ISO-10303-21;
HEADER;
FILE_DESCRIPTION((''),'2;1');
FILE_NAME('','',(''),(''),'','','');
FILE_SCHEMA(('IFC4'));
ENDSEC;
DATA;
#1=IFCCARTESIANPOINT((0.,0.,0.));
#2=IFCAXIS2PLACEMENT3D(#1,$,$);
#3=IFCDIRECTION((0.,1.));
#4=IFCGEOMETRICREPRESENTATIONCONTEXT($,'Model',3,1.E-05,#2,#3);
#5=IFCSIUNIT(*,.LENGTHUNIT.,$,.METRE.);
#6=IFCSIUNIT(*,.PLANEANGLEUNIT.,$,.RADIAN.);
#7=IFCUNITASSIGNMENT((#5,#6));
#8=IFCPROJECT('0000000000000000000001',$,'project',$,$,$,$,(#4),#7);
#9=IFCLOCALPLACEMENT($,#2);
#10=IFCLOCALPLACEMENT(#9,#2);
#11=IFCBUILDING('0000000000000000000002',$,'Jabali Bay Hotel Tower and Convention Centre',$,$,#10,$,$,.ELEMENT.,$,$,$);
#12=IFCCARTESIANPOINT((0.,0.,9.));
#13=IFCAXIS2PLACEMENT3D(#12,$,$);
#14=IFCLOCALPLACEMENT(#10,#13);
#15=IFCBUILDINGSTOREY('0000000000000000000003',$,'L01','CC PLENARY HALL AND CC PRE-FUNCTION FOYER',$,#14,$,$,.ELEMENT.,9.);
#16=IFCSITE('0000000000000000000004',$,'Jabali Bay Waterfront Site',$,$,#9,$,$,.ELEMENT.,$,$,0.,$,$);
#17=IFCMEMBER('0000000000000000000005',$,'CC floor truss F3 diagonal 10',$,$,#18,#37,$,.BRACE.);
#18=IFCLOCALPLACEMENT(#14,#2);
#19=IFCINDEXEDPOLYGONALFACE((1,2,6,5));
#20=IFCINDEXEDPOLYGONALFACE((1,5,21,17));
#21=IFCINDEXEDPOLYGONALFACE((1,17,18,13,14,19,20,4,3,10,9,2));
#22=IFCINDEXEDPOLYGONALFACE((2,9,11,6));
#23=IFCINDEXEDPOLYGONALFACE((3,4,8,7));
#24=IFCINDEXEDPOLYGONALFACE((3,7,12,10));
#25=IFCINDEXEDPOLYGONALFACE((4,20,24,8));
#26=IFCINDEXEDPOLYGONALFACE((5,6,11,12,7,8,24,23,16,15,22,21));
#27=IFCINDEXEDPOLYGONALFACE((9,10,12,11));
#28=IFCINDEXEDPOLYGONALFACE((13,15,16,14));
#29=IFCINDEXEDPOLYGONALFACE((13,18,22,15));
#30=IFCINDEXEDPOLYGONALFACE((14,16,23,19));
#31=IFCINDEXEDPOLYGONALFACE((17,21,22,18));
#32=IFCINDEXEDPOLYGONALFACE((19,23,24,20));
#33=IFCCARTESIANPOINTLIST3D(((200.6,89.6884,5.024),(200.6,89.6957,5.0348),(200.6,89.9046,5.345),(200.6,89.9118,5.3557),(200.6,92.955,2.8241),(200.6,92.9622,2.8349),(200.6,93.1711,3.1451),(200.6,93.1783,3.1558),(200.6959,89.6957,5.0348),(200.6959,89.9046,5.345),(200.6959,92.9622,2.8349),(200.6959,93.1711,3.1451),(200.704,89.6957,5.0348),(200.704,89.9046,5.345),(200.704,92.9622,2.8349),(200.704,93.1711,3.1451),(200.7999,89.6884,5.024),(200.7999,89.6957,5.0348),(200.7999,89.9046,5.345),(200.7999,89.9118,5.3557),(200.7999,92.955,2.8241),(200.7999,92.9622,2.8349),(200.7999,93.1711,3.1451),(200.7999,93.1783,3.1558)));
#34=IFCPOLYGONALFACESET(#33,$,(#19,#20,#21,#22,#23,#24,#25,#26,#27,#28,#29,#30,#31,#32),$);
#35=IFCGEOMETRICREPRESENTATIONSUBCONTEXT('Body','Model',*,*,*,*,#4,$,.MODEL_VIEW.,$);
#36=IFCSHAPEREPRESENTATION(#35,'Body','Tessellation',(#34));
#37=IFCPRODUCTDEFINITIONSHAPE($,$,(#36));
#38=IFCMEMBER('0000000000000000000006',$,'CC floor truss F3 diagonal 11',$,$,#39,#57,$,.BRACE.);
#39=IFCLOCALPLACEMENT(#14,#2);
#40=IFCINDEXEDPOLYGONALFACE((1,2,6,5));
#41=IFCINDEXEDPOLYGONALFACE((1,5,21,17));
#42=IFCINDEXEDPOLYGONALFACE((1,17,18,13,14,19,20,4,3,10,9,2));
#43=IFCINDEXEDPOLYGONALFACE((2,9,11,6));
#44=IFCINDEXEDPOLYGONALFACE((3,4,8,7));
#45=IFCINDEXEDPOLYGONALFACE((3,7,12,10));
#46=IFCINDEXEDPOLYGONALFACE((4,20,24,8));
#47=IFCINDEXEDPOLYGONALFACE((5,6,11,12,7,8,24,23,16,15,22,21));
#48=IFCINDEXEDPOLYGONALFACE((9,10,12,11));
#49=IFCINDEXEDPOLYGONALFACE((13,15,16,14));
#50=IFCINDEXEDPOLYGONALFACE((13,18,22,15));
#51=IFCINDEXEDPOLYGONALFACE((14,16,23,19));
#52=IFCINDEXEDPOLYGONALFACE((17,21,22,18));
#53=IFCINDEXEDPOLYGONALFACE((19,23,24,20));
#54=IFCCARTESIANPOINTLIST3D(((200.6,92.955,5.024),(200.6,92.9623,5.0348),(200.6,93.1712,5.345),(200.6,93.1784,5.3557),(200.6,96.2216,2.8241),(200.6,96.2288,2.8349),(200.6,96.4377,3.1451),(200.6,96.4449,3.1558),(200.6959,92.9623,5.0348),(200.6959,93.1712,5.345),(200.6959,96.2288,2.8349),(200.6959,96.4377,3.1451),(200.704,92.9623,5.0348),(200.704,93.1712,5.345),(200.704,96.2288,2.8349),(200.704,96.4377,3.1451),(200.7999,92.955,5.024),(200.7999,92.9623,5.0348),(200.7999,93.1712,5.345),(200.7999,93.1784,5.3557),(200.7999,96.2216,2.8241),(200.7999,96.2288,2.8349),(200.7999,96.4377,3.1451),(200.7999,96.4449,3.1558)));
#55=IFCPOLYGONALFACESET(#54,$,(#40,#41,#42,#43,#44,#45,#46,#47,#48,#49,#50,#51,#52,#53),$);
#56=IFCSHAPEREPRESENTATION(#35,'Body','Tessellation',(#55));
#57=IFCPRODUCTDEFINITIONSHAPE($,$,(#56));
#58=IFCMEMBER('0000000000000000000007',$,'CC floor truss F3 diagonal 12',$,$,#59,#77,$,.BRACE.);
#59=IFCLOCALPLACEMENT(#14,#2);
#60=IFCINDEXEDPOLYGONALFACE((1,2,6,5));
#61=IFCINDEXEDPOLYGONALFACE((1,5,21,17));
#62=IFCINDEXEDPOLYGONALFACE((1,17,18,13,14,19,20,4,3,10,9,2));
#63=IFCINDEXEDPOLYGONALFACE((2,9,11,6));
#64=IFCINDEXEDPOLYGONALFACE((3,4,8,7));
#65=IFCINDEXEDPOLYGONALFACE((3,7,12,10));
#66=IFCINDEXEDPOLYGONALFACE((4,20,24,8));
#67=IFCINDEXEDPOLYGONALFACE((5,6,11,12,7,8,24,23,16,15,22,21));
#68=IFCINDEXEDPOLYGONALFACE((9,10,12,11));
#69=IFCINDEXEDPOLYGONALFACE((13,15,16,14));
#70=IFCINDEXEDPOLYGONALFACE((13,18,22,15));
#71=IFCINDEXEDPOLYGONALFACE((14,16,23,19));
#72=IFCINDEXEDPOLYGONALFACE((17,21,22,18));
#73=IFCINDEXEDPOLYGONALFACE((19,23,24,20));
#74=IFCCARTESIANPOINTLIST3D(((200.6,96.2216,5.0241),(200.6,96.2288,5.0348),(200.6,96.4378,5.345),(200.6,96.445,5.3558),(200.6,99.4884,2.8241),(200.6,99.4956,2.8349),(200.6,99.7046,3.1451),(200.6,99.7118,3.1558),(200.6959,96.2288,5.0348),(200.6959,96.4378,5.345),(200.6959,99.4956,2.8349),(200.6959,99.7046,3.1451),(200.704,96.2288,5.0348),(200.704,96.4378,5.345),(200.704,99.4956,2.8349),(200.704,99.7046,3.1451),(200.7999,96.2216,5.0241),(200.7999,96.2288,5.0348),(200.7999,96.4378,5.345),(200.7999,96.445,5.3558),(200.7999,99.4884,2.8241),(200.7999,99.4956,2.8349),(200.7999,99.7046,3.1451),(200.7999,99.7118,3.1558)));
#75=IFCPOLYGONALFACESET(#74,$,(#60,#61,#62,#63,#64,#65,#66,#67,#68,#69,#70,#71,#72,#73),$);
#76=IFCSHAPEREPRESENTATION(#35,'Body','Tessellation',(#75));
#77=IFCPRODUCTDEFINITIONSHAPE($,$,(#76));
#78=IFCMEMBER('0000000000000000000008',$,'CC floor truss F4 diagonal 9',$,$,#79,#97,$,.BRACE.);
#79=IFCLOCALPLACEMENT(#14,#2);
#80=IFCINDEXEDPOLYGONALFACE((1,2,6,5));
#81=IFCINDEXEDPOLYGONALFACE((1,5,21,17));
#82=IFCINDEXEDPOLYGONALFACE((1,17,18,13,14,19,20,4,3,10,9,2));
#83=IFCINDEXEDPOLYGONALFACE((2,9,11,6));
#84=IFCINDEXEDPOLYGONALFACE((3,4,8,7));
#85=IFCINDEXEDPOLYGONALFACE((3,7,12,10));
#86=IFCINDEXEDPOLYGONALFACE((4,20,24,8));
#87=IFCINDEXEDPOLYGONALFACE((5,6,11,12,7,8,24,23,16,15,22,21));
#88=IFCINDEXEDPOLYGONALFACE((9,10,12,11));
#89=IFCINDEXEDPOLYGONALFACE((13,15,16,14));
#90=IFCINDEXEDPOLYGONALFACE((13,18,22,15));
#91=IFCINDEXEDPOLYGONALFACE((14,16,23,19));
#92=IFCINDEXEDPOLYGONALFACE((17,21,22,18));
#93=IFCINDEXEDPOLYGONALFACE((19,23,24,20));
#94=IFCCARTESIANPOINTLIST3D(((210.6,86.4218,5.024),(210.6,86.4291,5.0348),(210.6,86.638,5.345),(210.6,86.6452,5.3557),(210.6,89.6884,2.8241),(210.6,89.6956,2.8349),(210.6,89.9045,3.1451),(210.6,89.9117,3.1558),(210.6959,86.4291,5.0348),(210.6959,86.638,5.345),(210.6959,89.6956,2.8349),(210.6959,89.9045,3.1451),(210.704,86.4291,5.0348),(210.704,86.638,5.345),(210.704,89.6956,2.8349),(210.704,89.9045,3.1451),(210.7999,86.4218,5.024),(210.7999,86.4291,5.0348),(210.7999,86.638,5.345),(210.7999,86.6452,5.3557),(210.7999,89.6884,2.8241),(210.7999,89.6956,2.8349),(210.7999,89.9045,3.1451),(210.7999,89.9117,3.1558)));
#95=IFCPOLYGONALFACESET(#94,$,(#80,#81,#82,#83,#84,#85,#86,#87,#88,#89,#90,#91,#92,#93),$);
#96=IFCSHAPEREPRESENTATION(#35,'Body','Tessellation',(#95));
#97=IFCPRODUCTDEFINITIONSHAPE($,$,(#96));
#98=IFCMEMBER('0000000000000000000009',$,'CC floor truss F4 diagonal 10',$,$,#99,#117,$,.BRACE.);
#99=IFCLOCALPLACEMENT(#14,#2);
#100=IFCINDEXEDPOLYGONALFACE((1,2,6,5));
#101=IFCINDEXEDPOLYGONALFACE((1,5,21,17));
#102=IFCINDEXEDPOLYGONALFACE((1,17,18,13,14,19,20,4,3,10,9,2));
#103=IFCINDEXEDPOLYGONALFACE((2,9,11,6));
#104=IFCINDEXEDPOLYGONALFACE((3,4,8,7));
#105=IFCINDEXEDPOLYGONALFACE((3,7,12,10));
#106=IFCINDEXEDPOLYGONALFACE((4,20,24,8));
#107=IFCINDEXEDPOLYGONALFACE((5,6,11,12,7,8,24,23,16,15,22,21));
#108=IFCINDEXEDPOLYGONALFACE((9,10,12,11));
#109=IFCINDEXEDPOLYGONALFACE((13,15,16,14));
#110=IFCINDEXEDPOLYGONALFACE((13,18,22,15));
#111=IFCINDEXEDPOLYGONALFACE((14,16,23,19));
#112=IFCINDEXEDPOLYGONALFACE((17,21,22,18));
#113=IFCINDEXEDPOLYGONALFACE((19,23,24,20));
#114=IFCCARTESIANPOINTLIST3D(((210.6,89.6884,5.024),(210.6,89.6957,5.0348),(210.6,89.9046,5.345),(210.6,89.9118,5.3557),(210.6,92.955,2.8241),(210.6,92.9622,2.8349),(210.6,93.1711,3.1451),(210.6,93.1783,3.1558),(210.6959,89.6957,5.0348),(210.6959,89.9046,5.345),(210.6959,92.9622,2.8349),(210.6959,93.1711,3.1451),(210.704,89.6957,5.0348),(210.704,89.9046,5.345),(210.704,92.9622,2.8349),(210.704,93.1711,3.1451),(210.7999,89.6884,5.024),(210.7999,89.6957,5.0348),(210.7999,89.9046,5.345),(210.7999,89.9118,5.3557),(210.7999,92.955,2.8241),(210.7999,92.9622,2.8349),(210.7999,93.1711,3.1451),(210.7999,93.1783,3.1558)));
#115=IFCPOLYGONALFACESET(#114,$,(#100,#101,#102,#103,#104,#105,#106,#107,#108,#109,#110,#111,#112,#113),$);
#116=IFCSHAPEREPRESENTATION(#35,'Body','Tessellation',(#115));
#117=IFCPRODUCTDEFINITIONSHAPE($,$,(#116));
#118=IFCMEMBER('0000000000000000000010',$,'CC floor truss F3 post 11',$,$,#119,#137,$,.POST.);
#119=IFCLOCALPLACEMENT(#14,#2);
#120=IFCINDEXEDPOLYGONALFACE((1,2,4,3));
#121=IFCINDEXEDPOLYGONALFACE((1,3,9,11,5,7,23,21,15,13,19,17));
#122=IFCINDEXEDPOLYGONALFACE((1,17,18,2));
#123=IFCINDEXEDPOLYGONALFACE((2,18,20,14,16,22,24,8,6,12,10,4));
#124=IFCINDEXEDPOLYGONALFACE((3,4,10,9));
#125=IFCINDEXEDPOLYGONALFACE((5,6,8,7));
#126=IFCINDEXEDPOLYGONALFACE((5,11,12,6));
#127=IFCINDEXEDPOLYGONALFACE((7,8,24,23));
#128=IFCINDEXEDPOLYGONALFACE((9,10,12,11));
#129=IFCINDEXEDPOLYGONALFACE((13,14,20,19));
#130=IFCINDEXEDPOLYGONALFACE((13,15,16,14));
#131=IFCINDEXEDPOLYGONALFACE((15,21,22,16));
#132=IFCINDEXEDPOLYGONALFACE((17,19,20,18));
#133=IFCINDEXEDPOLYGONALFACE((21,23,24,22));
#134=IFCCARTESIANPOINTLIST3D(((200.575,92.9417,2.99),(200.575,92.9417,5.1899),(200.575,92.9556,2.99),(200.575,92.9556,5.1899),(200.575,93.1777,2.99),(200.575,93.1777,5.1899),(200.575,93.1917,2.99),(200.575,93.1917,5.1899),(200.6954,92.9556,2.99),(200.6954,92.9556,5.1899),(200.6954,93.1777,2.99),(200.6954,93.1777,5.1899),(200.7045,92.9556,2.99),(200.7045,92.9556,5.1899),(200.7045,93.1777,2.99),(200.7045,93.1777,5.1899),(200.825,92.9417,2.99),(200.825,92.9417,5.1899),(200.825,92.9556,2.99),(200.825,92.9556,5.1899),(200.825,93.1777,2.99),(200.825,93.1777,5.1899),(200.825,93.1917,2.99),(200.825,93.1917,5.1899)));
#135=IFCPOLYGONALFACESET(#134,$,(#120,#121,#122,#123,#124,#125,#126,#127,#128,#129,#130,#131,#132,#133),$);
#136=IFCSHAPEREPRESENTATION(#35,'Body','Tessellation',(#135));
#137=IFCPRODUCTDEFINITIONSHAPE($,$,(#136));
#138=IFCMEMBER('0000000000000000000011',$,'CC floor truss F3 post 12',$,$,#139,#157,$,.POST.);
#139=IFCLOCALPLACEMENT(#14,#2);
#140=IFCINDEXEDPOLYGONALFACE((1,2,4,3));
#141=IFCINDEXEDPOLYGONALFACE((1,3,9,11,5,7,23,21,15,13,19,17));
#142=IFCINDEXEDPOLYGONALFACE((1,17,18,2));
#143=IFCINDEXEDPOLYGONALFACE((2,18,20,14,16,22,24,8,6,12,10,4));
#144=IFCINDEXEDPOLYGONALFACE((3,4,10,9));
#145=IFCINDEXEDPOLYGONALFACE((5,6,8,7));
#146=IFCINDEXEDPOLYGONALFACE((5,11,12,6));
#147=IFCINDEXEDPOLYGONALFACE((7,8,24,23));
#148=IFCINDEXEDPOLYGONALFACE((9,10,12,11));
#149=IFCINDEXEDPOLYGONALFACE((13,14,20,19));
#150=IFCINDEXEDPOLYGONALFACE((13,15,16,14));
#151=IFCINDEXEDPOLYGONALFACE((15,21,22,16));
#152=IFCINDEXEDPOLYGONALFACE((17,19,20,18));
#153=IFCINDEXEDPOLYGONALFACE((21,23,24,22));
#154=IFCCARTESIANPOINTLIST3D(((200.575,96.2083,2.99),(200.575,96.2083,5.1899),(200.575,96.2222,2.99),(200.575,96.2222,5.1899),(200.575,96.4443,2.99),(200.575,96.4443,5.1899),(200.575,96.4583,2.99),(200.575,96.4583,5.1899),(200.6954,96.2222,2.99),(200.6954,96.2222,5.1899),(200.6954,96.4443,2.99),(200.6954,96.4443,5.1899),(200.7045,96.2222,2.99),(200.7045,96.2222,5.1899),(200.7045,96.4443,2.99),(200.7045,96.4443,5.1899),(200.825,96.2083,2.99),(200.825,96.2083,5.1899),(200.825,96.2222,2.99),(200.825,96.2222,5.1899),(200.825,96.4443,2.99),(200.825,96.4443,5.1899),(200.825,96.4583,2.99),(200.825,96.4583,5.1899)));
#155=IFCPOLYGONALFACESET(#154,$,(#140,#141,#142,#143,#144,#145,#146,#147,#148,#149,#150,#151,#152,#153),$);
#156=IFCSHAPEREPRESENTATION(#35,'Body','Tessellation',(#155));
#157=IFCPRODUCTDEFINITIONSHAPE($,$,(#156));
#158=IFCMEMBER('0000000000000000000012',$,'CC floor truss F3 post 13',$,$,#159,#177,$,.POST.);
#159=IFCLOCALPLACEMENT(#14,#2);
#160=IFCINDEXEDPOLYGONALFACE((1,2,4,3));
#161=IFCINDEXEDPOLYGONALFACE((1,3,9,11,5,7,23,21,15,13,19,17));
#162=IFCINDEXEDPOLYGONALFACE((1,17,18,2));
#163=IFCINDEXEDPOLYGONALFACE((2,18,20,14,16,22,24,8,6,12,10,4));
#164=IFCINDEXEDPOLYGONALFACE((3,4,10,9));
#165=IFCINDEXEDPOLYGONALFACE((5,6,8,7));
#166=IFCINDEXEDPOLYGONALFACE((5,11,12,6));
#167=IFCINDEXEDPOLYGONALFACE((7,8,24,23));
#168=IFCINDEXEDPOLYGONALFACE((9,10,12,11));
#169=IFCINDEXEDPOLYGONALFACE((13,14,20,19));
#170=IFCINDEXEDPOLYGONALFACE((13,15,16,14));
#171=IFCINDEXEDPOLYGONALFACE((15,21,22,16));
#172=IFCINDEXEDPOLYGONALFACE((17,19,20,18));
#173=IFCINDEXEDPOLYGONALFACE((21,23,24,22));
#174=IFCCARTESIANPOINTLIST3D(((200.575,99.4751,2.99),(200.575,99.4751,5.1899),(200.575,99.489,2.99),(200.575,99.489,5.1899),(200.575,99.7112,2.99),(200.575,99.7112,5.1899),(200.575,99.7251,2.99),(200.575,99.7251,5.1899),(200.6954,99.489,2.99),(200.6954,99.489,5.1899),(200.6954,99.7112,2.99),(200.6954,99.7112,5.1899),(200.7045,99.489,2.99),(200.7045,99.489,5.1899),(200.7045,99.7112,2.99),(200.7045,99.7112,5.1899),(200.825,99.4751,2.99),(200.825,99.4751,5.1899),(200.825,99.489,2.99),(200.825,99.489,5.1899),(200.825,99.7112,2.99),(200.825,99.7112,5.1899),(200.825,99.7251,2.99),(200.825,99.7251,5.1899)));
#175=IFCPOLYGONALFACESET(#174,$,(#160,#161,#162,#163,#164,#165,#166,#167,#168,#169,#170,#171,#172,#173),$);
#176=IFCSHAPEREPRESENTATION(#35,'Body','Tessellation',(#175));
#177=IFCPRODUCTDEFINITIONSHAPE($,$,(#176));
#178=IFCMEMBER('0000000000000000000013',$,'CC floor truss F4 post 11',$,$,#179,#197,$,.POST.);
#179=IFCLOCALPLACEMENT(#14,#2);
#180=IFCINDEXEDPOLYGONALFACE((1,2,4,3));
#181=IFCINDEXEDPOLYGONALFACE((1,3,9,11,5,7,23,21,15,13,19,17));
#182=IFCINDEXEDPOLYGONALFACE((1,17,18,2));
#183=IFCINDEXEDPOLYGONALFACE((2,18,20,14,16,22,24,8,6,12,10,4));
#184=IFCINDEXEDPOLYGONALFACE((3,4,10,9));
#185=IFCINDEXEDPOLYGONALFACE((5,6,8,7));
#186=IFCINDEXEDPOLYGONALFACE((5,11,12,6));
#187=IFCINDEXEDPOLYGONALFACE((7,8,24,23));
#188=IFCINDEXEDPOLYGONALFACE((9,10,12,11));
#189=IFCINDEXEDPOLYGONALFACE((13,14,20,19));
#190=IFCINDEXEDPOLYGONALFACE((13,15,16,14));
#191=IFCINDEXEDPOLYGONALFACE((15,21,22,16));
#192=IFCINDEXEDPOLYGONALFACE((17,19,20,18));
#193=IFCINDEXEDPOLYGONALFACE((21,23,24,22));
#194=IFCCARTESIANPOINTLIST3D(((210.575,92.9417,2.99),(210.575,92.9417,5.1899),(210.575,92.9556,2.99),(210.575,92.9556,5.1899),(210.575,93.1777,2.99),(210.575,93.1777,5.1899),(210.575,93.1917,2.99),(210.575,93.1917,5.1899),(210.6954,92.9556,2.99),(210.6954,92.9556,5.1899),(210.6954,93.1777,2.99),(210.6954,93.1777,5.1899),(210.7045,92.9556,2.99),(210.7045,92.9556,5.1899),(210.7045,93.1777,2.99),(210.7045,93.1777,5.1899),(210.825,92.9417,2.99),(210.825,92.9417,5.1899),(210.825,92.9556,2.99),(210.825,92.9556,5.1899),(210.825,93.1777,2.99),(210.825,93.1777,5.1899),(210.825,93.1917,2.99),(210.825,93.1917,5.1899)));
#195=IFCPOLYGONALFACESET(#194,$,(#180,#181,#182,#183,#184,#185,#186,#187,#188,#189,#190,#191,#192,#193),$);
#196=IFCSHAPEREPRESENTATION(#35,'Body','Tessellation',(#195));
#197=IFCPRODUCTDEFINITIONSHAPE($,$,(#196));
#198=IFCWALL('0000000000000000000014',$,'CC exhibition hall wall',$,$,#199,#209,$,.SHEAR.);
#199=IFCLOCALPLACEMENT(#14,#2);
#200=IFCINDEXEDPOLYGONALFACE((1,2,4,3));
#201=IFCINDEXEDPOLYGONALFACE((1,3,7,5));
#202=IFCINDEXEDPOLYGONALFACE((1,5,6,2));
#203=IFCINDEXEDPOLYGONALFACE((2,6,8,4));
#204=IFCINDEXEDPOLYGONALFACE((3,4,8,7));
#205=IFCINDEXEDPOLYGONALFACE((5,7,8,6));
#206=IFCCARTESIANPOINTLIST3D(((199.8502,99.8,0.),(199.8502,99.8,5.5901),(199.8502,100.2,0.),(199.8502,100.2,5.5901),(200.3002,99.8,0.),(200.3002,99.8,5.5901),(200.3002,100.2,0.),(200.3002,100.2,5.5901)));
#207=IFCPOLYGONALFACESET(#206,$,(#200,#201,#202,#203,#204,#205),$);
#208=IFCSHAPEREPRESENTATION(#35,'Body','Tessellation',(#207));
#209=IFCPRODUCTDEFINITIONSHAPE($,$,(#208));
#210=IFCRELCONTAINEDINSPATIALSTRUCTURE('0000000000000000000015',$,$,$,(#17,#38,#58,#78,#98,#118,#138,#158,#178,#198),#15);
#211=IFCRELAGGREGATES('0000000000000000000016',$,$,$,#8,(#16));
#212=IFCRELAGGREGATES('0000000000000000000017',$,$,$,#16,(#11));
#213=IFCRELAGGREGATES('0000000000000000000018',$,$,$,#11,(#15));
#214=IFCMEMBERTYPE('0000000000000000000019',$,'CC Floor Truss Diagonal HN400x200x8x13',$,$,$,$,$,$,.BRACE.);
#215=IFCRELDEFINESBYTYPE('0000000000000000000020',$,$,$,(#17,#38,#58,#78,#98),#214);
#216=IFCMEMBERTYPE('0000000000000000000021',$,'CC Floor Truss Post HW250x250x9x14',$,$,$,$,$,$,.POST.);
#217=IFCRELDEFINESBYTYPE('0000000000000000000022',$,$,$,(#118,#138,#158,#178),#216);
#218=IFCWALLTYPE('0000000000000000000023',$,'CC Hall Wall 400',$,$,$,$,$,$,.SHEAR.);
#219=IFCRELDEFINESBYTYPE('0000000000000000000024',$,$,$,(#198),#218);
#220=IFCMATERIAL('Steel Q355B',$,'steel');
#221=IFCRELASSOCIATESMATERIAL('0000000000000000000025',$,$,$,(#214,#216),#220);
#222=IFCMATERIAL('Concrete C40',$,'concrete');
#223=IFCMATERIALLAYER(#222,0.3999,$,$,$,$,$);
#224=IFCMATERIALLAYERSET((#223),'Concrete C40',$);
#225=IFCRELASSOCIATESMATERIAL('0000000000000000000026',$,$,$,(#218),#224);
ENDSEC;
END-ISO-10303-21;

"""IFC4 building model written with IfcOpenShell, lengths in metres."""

from ifc_helpers import new_model, si_unit, direction, frame, frame_2d, origin, origin_2d, place, context, subcontext, project, spatial, rectangle, i_section, extrude, material, layer, layer_set, material_profile, profile_set, type_object, element, save


model = new_model("IFC4")

# Units and contexts
model_context = context("Model", 3, precision=1e-05, world=origin(), true_north=direction((0.0, 1.0)))
body_context = subcontext(model_context, "Body", "Model", "MODEL_VIEW")
ifc_project = project(units=[si_unit("LENGTHUNIT", "METRE"), si_unit("PLANEANGLEUNIT", "RADIAN")], contexts=[model_context])

# Site, building, storey
site_placement = place(None, origin())
site = spatial("IfcSite", under=ifc_project, at=site_placement, Name="Jabali Bay Waterfront Site", CompositionType="ELEMENT", RefElevation=0.0)
building_placement = place(site_placement, origin())
building = spatial("IfcBuilding", under=site, at=building_placement, Name="Jabali Bay Hotel Tower and Convention Centre", CompositionType="ELEMENT")
storey_placement = place(building_placement, frame((0.0, 0.0, 9.0)))
storey = spatial("IfcBuildingStorey", under=building, at=storey_placement, Name="L01", Description="CC PLENARY HALL AND CC PRE-FUNCTION FOYER", CompositionType="ELEMENT", Elevation=9.0)

# Members
ifc_material_1 = material(Name="Steel Q355B", Category="steel")
ifc_material_profile_1 = material_profile(ifc_material_1, i_section(OverallWidth=0.2, OverallDepth=0.3999, WebThickness=0.0081, FlangeThickness=0.0129, at=origin_2d()), Name="HN400x200x8x13")
ifc_profile_set_1 = profile_set([ifc_material_profile_1], Name="Steel Q355B")
member_type_1 = type_object("IfcMemberType", Name="CC Floor Truss Diagonal HN400x200x8x13", PredefinedType="BRACE", material=ifc_profile_set_1)
for number, where, z_axis, x_axis, name in (
    (1, (200.7, 93.0667, 2.99), (0.0, -0.829438, 0.5586), (1.0, 0.0, 0.0), "CC floor truss F3 diagonal 10"),
    (2, (200.7, 96.3333, 2.99), (0.0, -0.829438, 0.5586), (1.0, 0.0, 0.0), "CC floor truss F3 diagonal 11"),
):
    element("IfcMember", number, at=place(storey_placement, frame(where, z_axis=z_axis, x_axis=x_axis)), inside=storey, type_object=member_type_1, Name=name, PredefinedType="BRACE", context=body_context, shape_type="SweptSolid", body=[
        extrude(i_section(OverallWidth=0.2, OverallDepth=0.3999, WebThickness=0.0081, FlangeThickness=0.0129, at=origin_2d()), origin(), (0.0, 0.0, 1.0), 3.9382),
    ])
member_placement = place(storey_placement, frame((200.7, 99.6001, 2.99), z_axis=(0.0, -0.829457, 0.558571), x_axis=(1.0, 0.0, 0.0)))
element("IfcMember", 3, at=member_placement, inside=storey, type_object=member_type_1, Name="CC floor truss F3 diagonal 12", PredefinedType="BRACE", context=body_context, shape_type="SweptSolid", body=[
    extrude(i_section(OverallWidth=0.2, OverallDepth=0.3999, WebThickness=0.0081, FlangeThickness=0.0129, at=origin_2d()), origin(), (0.0, 0.0, 1.0), 3.9385),
])
for number, where, z_axis, x_axis, name in (
    (4, (210.7, 89.8, 2.99), (0.0, -0.829438, 0.5586), (1.0, 0.0, 0.0), "CC floor truss F4 diagonal 9"),
    (5, (210.7, 93.0667, 2.99), (0.0, -0.829438, 0.5586), (1.0, 0.0, 0.0), "CC floor truss F4 diagonal 10"),
):
    element("IfcMember", number, at=place(storey_placement, frame(where, z_axis=z_axis, x_axis=x_axis)), inside=storey, type_object=member_type_1, Name=name, PredefinedType="BRACE", context=body_context, shape_type="SweptSolid", body=[
        extrude(i_section(OverallWidth=0.2, OverallDepth=0.3999, WebThickness=0.0081, FlangeThickness=0.0129, at=origin_2d()), origin(), (0.0, 0.0, 1.0), 3.9382),
    ])
ifc_material_profile_2 = material_profile(ifc_material_1, i_section(OverallWidth=0.25, OverallDepth=0.25, WebThickness=0.009, FlangeThickness=0.0139, at=origin_2d()), Name="HW250x250x9x14")
ifc_profile_set_2 = profile_set([ifc_material_profile_2], Name="Steel Q355B")
member_type_2 = type_object("IfcMemberType", Name="CC Floor Truss Post HW250x250x9x14", PredefinedType="POST", material=ifc_profile_set_2)
for number, where, z_axis, x_axis, name in (
    (6, (200.7, 93.0667, 2.99), (0.0, 0.0, 1.0), (1.0, 0.0, 0.0), "CC floor truss F3 post 11"),
    (7, (200.7, 96.3333, 2.99), (0.0, 0.0, 1.0), (1.0, 0.0, 0.0), "CC floor truss F3 post 12"),
    (8, (200.7, 99.6001, 2.99), (0.0, 0.0, 1.0), (1.0, 0.0, 0.0), "CC floor truss F3 post 13"),
    (9, (210.7, 93.0667, 2.99), (0.0, 0.0, 1.0), (1.0, 0.0, 0.0), "CC floor truss F4 post 11"),
):
    element("IfcMember", number, at=place(storey_placement, frame(where, z_axis=z_axis, x_axis=x_axis)), inside=storey, type_object=member_type_2, Name=name, PredefinedType="POST", context=body_context, shape_type="SweptSolid", body=[
        extrude(i_section(OverallWidth=0.25, OverallDepth=0.25, WebThickness=0.009, FlangeThickness=0.0139, at=origin_2d()), origin(), (0.0, 0.0, 1.0), 2.2),
    ])

# Wall
ifc_material_2 = material(Name="Concrete C40", Category="concrete")
ifc_layer_1 = layer(ifc_material_2, 0.3999)
ifc_layer_set_1 = layer_set([ifc_layer_1], Name="Concrete C40")
wall_type_1 = type_object("IfcWallType", Name="CC Hall Wall 400", PredefinedType="SHEAR", material=ifc_layer_set_1)
wall_1_placement = place(storey_placement, frame((199.8501, 100.0, 0.0), z_axis=(0.0, 0.0, 1.0), x_axis=(1.0, 0.0, 0.0)))
element("IfcWall", 10, at=wall_1_placement, inside=storey, type_object=wall_type_1, Name="CC exhibition hall wall", PredefinedType="SHEAR", context=body_context, shape_type="SweptSolid", body=[
    extrude(rectangle(XDim=0.45, YDim=0.3999, at=frame_2d((0.2251, 0.0))), origin(), (0.0, 0.0, 1.0), 5.5901),
])

save(model, "model.ifc")
